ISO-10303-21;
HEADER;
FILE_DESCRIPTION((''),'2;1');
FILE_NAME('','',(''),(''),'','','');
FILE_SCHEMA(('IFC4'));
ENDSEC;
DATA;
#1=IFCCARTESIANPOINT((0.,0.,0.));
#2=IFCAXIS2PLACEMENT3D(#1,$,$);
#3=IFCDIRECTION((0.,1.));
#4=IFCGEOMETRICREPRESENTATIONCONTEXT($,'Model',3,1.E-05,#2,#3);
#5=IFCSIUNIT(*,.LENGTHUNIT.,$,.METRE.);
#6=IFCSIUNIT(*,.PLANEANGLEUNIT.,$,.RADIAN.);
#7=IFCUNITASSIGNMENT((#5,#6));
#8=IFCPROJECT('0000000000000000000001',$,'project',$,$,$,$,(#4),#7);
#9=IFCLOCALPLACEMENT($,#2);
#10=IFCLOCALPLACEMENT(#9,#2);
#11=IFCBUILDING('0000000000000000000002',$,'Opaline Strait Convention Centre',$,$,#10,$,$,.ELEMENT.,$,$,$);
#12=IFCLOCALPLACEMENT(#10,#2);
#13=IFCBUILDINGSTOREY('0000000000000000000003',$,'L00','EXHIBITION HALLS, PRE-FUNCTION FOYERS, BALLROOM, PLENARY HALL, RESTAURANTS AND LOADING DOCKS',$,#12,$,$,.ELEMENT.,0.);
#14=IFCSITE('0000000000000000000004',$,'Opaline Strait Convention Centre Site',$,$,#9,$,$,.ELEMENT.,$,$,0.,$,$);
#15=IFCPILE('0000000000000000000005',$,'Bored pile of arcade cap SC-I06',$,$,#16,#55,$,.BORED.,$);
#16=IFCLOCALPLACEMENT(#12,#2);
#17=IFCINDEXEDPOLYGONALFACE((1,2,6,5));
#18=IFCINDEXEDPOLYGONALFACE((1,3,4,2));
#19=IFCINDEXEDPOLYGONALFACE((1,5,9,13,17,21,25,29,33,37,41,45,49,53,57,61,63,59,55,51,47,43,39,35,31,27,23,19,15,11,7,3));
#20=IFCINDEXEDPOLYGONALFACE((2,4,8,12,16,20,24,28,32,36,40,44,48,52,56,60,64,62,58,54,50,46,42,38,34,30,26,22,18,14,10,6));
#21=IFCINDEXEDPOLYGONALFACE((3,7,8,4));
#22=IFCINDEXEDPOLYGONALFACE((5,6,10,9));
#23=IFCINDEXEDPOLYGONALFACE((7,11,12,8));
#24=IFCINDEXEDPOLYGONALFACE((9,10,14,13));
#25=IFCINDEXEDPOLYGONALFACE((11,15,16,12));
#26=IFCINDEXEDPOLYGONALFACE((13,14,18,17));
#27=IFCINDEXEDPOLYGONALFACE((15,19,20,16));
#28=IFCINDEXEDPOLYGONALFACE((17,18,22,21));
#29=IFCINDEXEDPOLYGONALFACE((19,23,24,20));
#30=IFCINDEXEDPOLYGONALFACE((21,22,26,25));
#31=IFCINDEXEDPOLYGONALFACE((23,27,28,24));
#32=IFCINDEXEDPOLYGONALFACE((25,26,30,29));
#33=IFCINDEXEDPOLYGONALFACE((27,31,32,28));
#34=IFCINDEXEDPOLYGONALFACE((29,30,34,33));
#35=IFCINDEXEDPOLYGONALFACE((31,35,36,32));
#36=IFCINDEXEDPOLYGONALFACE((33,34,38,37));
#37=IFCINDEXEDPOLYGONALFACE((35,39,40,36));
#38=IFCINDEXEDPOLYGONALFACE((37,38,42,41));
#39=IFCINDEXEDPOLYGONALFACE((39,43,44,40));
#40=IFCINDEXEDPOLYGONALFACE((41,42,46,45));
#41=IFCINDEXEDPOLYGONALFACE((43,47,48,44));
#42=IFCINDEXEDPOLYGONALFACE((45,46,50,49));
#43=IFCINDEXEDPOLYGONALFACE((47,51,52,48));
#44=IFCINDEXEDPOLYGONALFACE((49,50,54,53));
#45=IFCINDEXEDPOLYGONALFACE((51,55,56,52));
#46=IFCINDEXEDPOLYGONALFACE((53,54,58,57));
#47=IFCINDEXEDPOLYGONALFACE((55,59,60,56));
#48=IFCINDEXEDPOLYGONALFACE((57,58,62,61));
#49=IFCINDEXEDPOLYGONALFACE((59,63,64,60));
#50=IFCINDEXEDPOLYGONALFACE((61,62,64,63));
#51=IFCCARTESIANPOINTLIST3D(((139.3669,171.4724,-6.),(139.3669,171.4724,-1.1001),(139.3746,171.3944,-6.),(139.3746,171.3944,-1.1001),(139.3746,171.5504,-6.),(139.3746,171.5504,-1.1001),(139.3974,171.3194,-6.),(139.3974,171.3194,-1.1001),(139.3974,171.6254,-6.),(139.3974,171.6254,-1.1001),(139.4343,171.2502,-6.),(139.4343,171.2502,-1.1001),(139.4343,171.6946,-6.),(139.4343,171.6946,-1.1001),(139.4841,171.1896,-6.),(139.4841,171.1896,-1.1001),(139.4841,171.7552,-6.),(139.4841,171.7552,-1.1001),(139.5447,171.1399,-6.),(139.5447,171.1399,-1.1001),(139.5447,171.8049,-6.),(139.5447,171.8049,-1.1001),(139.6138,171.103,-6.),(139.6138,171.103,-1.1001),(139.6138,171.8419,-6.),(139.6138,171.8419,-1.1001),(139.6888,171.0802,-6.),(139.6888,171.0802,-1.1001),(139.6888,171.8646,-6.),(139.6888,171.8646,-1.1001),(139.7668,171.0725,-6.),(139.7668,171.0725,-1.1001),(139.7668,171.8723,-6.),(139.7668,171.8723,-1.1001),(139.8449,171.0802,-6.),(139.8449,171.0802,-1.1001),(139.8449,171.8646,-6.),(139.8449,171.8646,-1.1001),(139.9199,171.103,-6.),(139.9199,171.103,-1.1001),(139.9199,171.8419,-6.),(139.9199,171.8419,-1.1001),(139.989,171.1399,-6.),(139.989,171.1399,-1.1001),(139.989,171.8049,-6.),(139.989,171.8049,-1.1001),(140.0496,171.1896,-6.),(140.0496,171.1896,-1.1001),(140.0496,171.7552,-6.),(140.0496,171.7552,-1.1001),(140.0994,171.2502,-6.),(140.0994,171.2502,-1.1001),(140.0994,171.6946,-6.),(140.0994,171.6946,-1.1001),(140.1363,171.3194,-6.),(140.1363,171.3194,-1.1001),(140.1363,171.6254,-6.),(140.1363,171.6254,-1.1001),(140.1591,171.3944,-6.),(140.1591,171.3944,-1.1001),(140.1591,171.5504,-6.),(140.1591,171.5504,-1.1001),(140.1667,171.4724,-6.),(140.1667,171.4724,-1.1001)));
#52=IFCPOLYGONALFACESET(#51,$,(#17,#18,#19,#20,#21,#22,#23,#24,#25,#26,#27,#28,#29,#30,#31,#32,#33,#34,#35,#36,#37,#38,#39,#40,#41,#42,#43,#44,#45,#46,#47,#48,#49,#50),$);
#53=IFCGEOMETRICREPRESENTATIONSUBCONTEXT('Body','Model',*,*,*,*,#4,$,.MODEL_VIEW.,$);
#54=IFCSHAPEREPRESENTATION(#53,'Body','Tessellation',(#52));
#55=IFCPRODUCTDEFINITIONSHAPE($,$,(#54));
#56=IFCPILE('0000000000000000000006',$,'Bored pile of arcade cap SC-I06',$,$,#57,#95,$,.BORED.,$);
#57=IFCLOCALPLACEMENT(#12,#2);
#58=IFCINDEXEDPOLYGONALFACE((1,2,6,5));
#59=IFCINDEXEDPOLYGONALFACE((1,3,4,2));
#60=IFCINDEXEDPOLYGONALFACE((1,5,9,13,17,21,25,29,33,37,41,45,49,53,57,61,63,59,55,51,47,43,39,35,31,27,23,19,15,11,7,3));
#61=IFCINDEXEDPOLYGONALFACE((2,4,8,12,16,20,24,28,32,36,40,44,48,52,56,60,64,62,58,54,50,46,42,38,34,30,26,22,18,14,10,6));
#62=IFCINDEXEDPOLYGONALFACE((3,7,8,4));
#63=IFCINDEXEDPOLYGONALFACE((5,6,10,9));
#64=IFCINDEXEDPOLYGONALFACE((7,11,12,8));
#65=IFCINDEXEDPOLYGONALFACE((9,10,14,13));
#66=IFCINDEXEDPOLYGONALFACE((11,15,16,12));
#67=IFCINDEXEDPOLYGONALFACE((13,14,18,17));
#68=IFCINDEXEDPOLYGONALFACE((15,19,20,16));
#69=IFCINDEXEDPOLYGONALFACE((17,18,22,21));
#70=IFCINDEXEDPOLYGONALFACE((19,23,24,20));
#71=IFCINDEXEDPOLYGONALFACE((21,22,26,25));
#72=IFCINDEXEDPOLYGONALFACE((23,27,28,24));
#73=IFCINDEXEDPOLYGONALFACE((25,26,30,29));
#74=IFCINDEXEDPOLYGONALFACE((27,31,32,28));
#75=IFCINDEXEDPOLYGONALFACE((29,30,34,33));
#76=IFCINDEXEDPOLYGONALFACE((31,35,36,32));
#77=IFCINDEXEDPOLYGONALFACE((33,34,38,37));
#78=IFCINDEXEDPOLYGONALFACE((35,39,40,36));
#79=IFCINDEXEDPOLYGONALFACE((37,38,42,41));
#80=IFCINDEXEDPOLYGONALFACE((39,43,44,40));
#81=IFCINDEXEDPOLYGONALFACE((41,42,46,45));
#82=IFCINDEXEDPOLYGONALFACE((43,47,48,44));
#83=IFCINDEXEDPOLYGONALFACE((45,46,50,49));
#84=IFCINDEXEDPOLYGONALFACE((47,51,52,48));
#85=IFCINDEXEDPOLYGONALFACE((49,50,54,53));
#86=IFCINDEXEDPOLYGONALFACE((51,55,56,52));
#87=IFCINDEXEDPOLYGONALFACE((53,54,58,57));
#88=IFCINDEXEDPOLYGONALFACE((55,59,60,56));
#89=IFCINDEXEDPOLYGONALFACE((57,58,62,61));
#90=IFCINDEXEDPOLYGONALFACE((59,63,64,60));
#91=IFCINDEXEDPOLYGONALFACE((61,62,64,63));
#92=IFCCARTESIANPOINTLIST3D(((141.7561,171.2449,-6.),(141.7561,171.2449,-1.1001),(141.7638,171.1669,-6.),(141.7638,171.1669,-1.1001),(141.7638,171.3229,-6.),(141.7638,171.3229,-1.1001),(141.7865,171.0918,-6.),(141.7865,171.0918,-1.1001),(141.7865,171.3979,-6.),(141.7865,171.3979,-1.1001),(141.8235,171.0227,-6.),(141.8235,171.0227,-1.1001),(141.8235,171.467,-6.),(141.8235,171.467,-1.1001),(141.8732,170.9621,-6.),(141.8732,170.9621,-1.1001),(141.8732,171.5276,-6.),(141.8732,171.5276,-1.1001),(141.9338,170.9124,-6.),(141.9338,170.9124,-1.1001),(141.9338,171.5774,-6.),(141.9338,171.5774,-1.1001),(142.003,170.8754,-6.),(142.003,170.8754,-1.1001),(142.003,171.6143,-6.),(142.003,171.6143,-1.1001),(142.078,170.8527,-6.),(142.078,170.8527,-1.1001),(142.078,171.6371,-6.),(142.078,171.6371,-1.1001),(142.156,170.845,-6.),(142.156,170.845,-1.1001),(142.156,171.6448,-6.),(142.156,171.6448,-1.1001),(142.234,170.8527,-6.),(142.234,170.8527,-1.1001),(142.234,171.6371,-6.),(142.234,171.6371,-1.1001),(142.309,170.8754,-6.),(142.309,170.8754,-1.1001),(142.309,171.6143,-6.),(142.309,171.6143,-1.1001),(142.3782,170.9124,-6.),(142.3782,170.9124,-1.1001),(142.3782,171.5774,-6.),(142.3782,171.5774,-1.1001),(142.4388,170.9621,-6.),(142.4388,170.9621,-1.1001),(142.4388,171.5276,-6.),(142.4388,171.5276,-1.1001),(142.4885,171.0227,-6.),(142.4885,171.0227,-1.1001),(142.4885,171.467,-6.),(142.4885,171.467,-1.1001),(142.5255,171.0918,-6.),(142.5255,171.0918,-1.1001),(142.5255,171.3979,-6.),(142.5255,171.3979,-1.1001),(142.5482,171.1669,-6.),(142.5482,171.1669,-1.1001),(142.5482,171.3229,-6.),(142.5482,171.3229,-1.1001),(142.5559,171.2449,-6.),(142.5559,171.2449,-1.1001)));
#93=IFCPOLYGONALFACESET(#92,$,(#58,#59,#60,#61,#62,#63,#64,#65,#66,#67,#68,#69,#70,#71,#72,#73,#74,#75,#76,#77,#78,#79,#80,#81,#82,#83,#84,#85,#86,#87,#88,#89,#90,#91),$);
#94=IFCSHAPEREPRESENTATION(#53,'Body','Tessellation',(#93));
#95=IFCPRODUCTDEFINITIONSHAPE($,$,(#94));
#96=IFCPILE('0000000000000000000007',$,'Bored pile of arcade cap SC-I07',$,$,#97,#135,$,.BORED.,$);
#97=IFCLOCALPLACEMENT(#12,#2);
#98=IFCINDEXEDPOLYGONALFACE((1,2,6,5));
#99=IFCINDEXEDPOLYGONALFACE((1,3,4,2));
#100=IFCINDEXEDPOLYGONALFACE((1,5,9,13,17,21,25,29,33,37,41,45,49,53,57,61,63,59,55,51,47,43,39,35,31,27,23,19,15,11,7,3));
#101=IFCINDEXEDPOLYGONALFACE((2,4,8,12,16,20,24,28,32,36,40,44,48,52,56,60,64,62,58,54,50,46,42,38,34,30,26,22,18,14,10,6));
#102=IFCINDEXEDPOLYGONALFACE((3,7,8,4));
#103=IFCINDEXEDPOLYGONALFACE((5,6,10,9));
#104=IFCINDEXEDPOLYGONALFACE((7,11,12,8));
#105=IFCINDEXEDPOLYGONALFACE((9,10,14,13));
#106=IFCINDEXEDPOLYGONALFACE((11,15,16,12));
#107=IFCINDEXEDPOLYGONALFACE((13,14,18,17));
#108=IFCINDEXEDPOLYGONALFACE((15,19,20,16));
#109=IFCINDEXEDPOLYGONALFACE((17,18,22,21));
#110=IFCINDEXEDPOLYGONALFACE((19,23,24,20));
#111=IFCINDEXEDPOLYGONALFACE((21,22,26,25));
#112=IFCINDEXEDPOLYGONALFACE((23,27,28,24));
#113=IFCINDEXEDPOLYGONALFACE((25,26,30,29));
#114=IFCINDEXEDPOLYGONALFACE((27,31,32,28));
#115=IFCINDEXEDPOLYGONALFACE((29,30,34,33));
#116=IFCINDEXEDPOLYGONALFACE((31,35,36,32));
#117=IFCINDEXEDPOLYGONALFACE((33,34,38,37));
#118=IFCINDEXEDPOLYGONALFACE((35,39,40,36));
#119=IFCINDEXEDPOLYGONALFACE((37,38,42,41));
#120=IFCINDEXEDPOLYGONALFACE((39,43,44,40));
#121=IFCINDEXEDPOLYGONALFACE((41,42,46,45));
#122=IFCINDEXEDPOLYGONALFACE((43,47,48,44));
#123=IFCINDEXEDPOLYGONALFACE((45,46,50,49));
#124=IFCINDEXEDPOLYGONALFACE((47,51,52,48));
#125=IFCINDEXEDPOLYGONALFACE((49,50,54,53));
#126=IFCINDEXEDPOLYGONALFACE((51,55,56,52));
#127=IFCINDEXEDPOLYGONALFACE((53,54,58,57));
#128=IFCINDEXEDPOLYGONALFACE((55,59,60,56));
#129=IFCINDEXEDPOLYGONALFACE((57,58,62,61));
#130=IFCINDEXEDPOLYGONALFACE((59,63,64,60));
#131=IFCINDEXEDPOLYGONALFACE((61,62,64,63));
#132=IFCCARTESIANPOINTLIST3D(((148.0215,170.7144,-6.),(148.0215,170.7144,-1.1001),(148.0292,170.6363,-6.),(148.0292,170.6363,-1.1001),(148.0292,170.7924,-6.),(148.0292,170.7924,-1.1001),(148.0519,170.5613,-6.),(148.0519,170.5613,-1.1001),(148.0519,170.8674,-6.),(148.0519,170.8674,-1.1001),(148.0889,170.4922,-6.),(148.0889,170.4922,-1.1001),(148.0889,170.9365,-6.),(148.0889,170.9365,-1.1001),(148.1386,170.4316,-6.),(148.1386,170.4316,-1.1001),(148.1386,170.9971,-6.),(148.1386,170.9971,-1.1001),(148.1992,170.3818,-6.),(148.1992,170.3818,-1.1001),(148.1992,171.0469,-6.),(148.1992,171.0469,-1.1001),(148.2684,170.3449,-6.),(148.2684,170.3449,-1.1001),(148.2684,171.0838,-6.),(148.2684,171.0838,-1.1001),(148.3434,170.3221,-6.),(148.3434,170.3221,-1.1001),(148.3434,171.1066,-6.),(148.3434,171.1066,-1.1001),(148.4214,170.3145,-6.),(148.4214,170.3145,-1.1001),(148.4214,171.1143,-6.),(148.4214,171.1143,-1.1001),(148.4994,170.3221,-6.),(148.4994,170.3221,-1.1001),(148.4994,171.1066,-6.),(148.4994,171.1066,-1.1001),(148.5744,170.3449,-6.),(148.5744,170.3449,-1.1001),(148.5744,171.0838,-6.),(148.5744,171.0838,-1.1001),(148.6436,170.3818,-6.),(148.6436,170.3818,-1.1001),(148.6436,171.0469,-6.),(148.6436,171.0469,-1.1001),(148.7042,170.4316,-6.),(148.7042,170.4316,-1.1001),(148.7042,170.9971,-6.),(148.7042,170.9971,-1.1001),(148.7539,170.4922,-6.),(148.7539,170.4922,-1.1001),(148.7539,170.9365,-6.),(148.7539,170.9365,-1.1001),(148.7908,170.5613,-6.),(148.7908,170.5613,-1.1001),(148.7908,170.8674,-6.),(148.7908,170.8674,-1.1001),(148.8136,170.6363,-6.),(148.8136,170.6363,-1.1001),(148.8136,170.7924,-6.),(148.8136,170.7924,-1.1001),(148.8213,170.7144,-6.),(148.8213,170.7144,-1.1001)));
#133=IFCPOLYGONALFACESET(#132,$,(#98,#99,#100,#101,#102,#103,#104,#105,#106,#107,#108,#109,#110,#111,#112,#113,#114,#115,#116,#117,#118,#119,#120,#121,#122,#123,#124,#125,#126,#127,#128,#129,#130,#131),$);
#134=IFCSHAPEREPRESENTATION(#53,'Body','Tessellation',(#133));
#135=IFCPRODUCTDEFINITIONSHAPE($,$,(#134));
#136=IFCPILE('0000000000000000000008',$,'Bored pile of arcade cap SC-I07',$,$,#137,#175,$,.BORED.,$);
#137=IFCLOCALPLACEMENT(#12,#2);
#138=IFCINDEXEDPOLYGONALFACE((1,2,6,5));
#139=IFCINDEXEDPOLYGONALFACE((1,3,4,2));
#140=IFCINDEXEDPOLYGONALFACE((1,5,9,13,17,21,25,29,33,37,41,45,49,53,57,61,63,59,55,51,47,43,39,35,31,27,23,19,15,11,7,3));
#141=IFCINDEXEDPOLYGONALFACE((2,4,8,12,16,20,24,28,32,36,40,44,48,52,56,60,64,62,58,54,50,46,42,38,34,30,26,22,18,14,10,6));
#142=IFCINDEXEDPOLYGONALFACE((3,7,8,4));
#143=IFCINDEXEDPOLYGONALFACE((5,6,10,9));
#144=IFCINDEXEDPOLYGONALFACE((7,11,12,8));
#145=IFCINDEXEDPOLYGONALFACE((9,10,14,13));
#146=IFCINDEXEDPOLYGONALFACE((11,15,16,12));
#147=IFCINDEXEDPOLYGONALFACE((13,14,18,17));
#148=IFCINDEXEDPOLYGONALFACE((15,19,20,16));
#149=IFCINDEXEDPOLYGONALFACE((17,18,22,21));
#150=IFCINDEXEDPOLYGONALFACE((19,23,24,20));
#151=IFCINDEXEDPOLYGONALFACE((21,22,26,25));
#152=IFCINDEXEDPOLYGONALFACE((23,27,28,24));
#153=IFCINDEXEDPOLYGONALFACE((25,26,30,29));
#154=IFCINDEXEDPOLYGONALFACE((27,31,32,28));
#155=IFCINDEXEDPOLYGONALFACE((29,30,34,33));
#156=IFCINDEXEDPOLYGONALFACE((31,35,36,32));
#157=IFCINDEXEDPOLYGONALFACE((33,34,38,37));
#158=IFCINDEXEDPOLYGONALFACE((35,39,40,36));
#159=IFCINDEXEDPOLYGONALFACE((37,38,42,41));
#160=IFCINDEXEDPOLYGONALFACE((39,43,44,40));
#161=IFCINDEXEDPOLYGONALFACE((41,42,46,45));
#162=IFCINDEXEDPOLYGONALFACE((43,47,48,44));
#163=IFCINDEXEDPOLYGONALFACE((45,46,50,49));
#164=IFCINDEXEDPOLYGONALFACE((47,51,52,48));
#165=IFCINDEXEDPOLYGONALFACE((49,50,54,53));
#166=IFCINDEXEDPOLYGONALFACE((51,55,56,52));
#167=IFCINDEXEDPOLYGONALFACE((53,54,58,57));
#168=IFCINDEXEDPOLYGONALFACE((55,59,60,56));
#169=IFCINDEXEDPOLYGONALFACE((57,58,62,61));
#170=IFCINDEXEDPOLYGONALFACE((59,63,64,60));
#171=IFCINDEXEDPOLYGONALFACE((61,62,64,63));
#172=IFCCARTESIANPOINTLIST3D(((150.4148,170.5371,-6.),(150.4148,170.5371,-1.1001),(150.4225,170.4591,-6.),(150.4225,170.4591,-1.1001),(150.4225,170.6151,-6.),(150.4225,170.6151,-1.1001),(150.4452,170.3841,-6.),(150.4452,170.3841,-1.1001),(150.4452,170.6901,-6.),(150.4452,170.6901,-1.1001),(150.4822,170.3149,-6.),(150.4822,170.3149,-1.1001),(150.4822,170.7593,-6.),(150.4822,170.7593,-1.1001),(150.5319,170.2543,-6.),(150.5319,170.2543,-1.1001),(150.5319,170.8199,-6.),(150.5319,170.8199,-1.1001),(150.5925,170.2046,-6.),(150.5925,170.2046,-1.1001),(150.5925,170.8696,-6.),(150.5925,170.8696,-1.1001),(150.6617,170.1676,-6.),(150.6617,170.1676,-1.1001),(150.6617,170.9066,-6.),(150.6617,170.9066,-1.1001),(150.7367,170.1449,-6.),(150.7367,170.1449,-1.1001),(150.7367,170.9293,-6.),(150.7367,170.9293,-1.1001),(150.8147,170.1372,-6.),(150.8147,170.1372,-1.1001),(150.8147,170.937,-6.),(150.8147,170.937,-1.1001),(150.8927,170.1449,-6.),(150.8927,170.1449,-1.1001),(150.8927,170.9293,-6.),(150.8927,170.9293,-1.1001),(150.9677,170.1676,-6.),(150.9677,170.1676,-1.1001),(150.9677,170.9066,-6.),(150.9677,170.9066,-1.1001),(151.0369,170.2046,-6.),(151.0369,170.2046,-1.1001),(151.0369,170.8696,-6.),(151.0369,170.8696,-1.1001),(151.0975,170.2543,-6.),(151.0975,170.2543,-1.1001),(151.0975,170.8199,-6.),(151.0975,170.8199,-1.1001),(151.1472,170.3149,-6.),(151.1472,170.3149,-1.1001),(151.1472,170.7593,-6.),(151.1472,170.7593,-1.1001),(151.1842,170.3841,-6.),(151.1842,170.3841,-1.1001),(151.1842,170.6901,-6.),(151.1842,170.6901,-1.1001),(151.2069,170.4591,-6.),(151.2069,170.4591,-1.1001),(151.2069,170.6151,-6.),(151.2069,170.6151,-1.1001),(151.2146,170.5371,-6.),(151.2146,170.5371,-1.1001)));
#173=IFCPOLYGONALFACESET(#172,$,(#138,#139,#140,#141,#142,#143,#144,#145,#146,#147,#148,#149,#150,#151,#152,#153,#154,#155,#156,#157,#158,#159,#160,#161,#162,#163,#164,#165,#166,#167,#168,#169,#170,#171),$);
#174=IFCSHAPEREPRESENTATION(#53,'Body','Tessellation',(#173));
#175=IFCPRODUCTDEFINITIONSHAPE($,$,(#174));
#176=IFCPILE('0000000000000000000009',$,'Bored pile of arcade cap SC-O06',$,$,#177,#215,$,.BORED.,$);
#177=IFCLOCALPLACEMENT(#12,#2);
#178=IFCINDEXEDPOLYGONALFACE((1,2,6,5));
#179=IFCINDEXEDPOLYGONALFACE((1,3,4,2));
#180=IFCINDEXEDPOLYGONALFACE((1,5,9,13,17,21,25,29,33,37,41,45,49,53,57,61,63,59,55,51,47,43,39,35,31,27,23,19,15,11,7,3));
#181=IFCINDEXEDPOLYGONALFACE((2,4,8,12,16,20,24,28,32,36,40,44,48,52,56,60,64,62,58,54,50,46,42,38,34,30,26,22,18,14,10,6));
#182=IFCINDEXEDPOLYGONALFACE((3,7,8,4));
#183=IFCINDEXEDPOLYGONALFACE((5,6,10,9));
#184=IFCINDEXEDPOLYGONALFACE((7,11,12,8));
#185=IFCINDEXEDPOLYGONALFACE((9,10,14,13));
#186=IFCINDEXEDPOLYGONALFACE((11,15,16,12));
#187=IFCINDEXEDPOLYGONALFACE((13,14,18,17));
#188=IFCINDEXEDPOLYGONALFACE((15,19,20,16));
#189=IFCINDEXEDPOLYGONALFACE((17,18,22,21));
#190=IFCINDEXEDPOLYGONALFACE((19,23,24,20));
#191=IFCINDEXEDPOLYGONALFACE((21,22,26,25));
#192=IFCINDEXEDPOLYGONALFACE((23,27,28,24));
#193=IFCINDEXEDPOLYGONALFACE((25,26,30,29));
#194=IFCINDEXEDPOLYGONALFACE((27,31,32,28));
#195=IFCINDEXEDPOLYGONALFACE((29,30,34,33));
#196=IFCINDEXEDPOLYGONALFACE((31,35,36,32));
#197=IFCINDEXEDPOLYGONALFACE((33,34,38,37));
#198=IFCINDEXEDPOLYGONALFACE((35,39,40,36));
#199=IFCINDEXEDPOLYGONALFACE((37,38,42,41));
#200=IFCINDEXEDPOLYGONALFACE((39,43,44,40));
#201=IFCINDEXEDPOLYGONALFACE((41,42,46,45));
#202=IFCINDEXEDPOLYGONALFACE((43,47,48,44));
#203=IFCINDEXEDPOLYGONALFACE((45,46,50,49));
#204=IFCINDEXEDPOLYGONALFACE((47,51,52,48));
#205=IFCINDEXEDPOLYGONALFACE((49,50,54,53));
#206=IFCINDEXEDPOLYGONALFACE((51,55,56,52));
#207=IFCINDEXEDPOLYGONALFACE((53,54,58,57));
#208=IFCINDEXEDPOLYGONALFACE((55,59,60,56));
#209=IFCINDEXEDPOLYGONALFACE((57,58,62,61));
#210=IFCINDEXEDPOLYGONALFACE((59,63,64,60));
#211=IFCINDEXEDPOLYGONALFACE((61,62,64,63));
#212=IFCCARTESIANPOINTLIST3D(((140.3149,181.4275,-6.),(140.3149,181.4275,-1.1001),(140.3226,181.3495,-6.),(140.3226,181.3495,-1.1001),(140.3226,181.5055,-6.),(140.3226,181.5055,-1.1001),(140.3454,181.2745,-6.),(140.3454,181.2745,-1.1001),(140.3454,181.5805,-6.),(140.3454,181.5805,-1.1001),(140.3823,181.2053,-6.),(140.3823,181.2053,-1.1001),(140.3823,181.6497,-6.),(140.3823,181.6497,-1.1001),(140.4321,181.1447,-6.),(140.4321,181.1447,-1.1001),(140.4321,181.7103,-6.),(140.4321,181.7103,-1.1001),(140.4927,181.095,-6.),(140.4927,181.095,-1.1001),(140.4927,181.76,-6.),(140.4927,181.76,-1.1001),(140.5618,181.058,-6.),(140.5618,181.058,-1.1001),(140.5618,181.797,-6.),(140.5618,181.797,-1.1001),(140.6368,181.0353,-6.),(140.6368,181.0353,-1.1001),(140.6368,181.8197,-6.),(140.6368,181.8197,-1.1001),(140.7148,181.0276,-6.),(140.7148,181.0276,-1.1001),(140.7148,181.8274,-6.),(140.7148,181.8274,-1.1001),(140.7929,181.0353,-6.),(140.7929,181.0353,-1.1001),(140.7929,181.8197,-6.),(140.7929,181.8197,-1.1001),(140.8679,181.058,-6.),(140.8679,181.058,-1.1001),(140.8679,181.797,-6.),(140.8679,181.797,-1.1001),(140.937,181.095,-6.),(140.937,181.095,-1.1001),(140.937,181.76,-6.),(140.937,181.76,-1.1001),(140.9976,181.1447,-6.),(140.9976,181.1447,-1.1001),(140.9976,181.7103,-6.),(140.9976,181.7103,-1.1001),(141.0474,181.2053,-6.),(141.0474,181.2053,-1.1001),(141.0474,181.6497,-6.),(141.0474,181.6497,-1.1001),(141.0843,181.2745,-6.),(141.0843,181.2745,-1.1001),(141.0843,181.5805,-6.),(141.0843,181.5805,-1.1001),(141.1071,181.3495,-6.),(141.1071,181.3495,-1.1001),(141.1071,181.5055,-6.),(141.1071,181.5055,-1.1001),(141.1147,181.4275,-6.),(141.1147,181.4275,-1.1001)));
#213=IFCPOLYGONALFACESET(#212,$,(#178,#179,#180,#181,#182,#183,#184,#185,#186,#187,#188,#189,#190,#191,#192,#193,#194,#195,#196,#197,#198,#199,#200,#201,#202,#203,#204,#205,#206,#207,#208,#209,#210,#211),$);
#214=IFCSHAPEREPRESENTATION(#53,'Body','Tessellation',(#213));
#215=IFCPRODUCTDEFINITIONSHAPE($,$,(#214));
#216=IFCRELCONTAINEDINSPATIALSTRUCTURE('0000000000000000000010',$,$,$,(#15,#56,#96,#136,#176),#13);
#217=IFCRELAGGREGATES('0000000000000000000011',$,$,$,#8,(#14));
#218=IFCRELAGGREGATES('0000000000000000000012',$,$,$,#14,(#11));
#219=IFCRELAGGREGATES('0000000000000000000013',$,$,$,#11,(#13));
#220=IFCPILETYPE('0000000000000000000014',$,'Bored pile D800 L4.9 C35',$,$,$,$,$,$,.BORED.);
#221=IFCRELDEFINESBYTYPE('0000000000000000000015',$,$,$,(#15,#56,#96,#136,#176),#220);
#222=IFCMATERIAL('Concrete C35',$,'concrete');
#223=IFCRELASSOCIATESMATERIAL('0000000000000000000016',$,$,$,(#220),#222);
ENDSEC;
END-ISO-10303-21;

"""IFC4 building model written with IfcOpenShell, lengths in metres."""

from ifc_helpers import new_model, si_unit, direction, frame, origin, origin_2d, place, context, subcontext, project, spatial, circle, extrude, material, material_profile, profile_set, type_object, element, save


model = new_model("IFC4")

# Units and contexts
model_context = context("Model", 3, precision=1e-05, world=origin(), true_north=direction((0.0, 1.0)))
body_context = subcontext(model_context, "Body", "Model", "MODEL_VIEW")
ifc_project = project(units=[si_unit("LENGTHUNIT", "METRE"), si_unit("PLANEANGLEUNIT", "RADIAN")], contexts=[model_context])

# Site, building, storey
site_placement = place(None, origin())
site = spatial("IfcSite", under=ifc_project, at=site_placement, Name="Opaline Strait Convention Centre Site", CompositionType="ELEMENT", RefElevation=0.0)
building_placement = place(site_placement, origin())
building = spatial("IfcBuilding", under=site, at=building_placement, Name="Opaline Strait Convention Centre", CompositionType="ELEMENT")
storey_placement = place(building_placement, origin())
storey = spatial("IfcBuildingStorey", under=building, at=storey_placement, Name="L00", Description="EXHIBITION HALLS, PRE-FUNCTION FOYERS, BALLROOM, PLENARY HALL, RESTAURANTS AND LOADING DOCKS", CompositionType="ELEMENT", Elevation=0.0)

# Piles
ifc_material_1 = material(Name="Concrete C35", Category="concrete")
ifc_material_profile_1 = material_profile(ifc_material_1, circle(Radius=0.3999, at=origin_2d()), Name="D800")
ifc_profile_set_1 = profile_set([ifc_material_profile_1], Name="Concrete C35")
pile_type_1 = type_object("IfcPileType", Name="Bored pile D800 L4.9 C35", PredefinedType="BORED", material=ifc_profile_set_1)
for number, where, z_axis, x_axis, name in (
    (1, (139.7668, 171.4724, -1.1001), (0.0, 0.0, -1.0), (1.0, 0.0, 0.0), "Bored pile of arcade cap SC-I06"),
    (2, (142.156, 171.2449, -1.1001), (0.0, 0.0, -1.0), (1.0, 0.0, 0.0), "Bored pile of arcade cap SC-I06"),
    (3, (148.4214, 170.7144, -1.1001), (0.0, 0.0, -1.0), (1.0, 0.0, 0.0), "Bored pile of arcade cap SC-I07"),
    (4, (150.8147, 170.5371, -1.1001), (0.0, 0.0, -1.0), (1.0, 0.0, 0.0), "Bored pile of arcade cap SC-I07"),
    (5, (140.7148, 181.4275, -1.1001), (0.0, 0.0, -1.0), (1.0, 0.0, 0.0), "Bored pile of arcade cap SC-O06"),
):
    element("IfcPile", number, at=place(storey_placement, frame(where, z_axis=z_axis, x_axis=x_axis)), inside=storey, type_object=pile_type_1, Name=name, PredefinedType="BORED", context=body_context, shape_type="SweptSolid", body=[
        extrude(circle(Radius=0.3999, at=origin_2d()), origin(), (0.0, 0.0, 1.0), 4.8999),
    ])

save(model, "model.ifc")
